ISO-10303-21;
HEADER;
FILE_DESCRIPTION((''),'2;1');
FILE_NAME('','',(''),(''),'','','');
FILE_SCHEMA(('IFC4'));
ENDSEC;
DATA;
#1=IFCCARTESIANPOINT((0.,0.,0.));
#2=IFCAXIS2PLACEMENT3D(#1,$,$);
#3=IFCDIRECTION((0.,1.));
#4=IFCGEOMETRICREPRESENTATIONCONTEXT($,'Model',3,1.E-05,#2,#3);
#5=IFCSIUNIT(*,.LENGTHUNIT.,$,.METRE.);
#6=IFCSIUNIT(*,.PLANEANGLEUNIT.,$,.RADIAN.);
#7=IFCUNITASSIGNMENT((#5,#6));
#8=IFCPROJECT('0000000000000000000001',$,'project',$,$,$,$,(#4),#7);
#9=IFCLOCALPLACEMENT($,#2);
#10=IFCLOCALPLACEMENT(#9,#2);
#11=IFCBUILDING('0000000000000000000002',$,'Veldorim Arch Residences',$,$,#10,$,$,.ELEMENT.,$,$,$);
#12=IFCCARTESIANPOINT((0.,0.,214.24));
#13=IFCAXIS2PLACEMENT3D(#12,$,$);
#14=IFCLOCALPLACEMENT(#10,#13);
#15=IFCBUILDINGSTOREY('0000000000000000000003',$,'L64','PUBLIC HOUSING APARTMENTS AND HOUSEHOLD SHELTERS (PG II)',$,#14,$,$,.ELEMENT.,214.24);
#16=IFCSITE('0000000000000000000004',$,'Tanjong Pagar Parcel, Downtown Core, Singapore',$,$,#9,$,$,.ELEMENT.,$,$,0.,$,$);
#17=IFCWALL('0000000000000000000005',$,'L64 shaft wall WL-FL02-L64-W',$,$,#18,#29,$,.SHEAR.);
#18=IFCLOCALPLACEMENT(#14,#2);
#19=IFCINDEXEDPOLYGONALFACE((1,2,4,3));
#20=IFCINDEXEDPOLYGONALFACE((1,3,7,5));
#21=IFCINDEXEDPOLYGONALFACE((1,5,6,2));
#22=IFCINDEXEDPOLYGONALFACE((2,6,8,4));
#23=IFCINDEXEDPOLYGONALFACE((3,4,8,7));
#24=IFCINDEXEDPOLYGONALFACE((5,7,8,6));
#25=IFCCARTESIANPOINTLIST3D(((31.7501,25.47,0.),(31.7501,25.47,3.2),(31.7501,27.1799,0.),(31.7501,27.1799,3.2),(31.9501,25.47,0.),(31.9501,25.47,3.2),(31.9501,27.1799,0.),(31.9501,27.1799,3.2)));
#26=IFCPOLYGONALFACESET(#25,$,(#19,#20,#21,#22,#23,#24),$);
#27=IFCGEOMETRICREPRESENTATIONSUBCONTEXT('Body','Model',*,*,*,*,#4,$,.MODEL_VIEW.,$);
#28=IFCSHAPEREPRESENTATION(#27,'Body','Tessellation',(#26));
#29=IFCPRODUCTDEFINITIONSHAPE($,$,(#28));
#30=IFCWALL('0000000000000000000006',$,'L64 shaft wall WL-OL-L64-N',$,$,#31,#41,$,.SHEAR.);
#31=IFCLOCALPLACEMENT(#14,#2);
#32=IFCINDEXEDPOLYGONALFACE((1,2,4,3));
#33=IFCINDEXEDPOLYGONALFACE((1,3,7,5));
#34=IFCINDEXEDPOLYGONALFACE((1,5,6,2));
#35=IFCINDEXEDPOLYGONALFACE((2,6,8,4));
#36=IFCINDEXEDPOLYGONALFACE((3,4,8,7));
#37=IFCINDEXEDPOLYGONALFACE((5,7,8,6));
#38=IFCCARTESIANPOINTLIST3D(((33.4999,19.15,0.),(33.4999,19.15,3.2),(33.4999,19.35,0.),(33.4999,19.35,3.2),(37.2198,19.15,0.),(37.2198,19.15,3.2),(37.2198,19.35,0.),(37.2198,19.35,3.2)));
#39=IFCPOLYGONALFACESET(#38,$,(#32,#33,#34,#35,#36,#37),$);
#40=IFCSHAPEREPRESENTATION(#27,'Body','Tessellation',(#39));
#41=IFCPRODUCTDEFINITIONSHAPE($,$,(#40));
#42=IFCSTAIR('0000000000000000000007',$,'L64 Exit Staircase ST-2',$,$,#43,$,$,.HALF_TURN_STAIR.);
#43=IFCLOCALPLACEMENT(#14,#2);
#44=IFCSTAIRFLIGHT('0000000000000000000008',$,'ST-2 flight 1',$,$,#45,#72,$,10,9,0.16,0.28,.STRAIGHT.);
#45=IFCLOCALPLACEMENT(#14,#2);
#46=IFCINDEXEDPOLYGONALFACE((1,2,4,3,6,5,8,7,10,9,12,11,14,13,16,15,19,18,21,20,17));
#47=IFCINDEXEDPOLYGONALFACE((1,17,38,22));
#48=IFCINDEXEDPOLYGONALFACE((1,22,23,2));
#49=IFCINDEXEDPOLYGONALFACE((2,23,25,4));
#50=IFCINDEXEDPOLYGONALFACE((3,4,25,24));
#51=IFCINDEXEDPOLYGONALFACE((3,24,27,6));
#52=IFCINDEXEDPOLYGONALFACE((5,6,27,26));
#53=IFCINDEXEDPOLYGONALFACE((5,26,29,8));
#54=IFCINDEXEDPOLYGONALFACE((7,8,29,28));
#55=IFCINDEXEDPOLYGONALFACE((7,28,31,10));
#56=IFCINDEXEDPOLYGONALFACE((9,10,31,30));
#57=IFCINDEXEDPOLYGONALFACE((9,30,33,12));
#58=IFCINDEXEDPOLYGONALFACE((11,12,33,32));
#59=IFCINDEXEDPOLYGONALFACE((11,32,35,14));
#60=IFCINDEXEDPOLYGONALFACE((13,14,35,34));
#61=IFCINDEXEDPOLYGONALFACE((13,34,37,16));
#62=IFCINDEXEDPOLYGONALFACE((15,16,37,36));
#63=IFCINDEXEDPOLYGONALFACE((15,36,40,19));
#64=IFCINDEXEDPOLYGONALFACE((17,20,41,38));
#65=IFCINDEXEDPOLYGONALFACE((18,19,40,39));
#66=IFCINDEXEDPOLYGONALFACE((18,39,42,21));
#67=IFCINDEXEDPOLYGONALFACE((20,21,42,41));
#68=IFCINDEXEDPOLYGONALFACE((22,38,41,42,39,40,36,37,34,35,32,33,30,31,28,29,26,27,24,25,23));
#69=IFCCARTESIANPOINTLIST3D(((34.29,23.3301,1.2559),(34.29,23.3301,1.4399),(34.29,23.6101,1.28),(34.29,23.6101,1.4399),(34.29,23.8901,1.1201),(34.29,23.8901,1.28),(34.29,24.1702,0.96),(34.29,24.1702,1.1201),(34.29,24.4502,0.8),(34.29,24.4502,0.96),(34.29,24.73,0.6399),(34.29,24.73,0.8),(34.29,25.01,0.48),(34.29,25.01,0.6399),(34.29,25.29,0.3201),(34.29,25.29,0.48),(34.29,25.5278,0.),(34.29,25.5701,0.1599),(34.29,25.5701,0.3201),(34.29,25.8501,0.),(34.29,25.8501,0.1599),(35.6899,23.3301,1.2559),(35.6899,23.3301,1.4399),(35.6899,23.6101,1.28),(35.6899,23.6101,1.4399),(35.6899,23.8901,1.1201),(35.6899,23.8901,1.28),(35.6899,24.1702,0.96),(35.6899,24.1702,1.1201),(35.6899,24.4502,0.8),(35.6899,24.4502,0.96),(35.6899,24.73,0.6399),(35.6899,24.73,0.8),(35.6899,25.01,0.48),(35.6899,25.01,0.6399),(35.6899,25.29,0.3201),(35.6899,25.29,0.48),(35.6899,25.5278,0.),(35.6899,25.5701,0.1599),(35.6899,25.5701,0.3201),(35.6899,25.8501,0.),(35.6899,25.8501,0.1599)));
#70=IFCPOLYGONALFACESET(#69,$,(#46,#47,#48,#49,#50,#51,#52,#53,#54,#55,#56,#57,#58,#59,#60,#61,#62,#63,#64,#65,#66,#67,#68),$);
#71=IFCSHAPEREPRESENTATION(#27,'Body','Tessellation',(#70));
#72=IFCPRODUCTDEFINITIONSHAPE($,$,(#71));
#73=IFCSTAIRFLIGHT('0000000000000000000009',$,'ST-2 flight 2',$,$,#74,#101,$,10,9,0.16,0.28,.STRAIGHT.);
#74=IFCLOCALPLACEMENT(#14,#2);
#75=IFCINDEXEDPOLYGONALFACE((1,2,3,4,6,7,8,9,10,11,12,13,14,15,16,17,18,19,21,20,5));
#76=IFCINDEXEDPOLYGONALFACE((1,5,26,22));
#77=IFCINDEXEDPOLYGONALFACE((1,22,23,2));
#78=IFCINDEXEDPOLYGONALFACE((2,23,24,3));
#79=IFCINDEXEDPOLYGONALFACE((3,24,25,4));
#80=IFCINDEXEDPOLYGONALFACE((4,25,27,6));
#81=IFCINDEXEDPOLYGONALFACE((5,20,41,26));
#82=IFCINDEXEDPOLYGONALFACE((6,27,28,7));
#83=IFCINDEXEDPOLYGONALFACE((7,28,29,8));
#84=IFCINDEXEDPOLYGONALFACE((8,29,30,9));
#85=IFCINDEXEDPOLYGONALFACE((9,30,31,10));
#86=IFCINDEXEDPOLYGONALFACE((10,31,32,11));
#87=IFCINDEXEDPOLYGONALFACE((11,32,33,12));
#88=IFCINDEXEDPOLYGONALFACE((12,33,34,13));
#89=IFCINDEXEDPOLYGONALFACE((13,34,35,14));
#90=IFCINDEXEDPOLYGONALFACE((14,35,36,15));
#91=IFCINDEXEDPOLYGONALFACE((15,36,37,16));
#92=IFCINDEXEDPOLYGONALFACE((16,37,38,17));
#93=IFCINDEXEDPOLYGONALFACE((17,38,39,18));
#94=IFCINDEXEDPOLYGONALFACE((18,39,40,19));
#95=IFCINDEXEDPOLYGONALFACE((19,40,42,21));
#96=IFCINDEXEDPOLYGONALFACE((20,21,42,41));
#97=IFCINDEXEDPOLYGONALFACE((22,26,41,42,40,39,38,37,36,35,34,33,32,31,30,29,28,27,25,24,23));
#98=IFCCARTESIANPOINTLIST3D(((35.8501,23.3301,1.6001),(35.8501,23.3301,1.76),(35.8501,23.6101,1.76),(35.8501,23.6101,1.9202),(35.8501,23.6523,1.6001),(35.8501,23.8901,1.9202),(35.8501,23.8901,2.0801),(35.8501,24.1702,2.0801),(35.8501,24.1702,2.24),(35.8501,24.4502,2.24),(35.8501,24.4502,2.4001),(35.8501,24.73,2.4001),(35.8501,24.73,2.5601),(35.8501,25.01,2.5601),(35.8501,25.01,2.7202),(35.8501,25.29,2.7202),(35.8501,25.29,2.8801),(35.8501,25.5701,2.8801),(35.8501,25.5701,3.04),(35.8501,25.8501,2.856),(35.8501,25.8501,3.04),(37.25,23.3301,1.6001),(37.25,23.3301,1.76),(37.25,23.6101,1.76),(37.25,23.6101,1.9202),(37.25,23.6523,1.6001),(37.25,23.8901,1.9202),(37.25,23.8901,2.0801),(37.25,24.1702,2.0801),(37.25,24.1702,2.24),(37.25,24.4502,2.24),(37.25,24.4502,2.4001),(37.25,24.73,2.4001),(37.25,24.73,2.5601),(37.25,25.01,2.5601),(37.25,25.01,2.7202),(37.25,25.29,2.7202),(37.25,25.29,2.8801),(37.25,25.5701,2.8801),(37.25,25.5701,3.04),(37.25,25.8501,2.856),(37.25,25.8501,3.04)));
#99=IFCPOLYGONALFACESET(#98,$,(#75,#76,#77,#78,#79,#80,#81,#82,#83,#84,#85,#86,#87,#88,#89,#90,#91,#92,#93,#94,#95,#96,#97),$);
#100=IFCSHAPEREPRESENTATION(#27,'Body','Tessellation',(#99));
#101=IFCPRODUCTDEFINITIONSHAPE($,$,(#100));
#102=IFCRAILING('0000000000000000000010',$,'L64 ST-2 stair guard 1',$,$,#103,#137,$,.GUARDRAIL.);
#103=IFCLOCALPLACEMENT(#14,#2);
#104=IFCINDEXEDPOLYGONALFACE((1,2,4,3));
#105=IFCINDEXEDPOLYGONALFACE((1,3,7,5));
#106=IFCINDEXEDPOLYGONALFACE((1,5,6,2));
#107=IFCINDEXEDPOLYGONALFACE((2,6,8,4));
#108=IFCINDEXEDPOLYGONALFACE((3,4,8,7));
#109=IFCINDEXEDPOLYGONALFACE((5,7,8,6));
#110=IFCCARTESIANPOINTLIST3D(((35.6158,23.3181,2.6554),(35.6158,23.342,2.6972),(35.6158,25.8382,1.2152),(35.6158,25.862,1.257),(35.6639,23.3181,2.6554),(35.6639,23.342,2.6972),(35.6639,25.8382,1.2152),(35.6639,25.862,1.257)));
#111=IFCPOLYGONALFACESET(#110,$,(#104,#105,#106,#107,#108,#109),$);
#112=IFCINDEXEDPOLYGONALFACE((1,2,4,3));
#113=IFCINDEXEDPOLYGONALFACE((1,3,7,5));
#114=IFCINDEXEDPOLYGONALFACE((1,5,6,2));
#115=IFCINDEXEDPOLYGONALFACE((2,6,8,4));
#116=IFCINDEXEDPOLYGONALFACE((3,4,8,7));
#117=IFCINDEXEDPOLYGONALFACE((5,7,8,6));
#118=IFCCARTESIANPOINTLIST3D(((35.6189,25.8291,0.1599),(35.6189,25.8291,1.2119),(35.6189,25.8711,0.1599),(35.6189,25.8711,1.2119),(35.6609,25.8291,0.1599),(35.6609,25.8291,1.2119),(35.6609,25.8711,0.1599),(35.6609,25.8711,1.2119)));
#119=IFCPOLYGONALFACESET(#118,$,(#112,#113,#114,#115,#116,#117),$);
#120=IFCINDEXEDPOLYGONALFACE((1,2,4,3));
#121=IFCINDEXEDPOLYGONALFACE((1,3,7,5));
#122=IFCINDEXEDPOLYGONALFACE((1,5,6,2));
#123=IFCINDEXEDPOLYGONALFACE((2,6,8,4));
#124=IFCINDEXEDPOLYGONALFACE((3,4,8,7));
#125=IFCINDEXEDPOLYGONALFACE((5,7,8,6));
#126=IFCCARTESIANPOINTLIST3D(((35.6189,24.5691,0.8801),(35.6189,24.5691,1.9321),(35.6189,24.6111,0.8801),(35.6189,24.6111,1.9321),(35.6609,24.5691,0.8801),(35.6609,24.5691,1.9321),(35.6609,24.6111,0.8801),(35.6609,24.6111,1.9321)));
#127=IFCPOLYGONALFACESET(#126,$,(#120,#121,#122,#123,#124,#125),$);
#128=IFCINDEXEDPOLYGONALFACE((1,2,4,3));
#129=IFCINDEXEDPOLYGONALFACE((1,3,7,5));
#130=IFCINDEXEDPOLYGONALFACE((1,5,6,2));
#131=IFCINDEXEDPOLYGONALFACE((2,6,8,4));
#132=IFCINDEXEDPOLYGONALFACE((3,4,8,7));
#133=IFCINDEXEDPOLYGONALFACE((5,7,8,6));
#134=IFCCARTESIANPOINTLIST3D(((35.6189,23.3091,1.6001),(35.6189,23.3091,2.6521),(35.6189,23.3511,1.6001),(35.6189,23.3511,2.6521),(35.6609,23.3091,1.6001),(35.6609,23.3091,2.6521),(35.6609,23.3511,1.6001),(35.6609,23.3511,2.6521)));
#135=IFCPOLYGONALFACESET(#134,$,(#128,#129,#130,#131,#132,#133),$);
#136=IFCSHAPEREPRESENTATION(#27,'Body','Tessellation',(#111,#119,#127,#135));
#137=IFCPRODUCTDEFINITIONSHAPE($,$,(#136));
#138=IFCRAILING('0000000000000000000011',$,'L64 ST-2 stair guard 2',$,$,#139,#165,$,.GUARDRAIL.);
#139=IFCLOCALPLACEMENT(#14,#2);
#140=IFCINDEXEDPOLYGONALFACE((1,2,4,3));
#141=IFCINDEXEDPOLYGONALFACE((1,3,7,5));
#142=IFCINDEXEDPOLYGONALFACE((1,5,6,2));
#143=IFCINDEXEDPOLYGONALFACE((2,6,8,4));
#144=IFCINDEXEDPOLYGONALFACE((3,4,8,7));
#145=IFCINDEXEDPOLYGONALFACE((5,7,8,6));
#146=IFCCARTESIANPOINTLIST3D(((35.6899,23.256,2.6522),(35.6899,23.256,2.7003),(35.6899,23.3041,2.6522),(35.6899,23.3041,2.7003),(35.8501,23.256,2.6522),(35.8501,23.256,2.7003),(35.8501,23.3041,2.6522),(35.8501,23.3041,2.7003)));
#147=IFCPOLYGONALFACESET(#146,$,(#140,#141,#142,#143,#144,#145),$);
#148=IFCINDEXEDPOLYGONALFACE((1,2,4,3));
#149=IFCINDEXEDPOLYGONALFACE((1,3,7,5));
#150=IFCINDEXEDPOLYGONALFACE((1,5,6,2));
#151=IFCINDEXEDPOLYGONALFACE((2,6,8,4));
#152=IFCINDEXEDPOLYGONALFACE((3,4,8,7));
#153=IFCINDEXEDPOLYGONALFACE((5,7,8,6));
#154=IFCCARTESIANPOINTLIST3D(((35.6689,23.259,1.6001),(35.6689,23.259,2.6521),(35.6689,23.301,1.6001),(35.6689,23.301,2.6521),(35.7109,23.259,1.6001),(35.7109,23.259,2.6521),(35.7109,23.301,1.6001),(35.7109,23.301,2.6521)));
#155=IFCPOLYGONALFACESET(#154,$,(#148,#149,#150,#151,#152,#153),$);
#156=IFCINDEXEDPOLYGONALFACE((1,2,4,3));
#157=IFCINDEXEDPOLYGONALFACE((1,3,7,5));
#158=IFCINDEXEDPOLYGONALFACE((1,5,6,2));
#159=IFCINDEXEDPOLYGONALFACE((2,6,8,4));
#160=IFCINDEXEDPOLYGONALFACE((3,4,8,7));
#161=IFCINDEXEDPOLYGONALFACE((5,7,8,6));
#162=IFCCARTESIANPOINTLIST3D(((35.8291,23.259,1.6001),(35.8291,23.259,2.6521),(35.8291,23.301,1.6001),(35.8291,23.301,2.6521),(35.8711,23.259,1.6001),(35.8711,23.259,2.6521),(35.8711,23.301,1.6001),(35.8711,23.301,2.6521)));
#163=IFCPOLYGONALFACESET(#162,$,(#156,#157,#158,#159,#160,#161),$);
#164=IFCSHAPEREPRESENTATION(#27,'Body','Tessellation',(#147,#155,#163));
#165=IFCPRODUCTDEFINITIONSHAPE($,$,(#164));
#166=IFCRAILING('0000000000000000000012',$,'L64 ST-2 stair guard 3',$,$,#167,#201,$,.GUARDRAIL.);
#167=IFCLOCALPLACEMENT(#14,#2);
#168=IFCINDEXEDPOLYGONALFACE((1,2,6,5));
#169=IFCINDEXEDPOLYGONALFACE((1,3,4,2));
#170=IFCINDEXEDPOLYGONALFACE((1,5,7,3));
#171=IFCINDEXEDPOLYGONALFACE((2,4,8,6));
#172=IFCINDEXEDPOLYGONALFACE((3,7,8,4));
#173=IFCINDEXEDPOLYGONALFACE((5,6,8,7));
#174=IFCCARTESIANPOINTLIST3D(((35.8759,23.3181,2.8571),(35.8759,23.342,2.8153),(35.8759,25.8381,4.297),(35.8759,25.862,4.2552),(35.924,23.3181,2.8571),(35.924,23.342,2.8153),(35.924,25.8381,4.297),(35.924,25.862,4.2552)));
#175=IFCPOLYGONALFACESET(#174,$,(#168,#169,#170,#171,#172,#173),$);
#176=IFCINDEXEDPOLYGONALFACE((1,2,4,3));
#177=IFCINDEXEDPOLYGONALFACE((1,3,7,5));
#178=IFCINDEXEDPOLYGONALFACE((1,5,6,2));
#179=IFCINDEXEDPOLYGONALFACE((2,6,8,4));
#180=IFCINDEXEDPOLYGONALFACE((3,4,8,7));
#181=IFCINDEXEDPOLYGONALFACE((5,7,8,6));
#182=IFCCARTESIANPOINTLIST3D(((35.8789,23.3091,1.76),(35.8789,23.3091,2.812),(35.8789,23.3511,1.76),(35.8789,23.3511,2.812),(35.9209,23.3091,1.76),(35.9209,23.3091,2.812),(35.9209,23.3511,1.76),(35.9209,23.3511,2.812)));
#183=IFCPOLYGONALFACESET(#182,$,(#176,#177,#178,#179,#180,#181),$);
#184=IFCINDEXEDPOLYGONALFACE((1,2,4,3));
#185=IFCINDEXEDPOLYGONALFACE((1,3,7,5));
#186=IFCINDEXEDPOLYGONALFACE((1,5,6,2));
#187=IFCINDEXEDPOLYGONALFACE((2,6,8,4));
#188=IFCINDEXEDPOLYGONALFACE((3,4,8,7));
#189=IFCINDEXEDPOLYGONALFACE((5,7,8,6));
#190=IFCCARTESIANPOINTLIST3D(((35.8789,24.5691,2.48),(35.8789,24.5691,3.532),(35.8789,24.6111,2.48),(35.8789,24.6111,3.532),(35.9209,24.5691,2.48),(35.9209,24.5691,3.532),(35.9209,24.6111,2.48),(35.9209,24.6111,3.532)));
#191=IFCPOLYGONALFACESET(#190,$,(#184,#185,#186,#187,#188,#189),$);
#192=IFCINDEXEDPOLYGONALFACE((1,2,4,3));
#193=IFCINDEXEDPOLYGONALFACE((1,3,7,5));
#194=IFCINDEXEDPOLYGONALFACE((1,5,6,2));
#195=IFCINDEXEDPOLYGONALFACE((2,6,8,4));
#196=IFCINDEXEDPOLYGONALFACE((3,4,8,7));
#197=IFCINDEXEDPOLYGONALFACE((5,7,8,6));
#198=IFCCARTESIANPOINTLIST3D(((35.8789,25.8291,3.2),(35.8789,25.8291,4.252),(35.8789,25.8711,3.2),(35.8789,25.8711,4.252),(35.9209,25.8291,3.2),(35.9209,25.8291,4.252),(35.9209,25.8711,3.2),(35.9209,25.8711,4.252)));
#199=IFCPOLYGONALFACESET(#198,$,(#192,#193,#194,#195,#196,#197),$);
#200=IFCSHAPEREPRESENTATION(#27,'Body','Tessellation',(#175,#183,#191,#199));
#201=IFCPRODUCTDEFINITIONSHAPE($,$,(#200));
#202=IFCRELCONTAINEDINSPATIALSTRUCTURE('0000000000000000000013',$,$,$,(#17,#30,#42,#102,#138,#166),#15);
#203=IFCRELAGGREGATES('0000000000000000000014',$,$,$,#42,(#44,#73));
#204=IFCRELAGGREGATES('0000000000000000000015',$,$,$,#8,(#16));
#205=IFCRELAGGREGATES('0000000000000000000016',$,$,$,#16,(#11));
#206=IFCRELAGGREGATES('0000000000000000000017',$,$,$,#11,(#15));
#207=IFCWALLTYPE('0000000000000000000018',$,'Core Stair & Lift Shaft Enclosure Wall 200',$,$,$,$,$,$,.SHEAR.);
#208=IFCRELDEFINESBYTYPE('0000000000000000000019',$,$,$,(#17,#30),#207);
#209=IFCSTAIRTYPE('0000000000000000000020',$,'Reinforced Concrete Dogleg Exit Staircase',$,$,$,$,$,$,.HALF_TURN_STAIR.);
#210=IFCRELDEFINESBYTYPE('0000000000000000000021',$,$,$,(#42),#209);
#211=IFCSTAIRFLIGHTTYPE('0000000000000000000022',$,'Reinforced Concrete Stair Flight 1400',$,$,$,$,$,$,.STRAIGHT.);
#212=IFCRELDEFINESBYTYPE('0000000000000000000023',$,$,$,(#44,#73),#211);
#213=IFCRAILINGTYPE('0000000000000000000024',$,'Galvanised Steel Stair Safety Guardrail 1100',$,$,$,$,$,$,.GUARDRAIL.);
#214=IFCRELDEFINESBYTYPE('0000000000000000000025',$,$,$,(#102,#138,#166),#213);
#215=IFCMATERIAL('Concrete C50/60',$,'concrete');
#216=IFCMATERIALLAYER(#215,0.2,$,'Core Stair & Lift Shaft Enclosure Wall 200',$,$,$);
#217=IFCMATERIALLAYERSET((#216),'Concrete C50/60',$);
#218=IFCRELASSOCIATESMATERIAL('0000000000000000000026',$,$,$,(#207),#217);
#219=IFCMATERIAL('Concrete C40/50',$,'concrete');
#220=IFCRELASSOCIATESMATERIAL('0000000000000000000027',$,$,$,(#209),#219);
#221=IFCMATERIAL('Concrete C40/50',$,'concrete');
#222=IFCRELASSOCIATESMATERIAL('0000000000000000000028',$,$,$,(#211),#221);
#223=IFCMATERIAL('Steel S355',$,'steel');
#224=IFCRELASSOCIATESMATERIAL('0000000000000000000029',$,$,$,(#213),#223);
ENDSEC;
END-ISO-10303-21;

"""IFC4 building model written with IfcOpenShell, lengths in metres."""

from ifc_helpers import new_model, si_unit, direction, frame, frame_2d, origin, origin_2d, place, context, subcontext, project, spatial, polyline, rectangle, outline, extrude, material, layer, layer_set, type_object, element, aggregate, save


model = new_model("IFC4")

# Units and contexts
model_context = context("Model", 3, precision=1e-05, world=origin(), true_north=direction((0.0, 1.0)))
body_context = subcontext(model_context, "Body", "Model", "MODEL_VIEW")
ifc_project = project(units=[si_unit("LENGTHUNIT", "METRE"), si_unit("PLANEANGLEUNIT", "RADIAN")], contexts=[model_context])

# Site, building, storey
site_placement = place(None, origin())
site = spatial("IfcSite", under=ifc_project, at=site_placement, Name="Tanjong Pagar Parcel, Downtown Core, Singapore", CompositionType="ELEMENT", RefElevation=0.0)
building_placement = place(site_placement, origin())
building = spatial("IfcBuilding", under=site, at=building_placement, Name="Veldorim Arch Residences", CompositionType="ELEMENT")
storey_placement = place(building_placement, frame((0.0, 0.0, 214.24)))
storey = spatial("IfcBuildingStorey", under=building, at=storey_placement, Name="L64", Description="PUBLIC HOUSING APARTMENTS AND HOUSEHOLD SHELTERS (PG II)", CompositionType="ELEMENT", Elevation=214.24)

# Walls
ifc_material_1 = material(Name="Concrete C50/60", Category="concrete")
ifc_layer_1 = layer(ifc_material_1, 0.2, Name="Core Stair & Lift Shaft Enclosure Wall 200")
ifc_layer_set_1 = layer_set([ifc_layer_1], Name="Concrete C50/60")
wall_type_1 = type_object("IfcWallType", Name="Core Stair & Lift Shaft Enclosure Wall 200", PredefinedType="SHEAR", material=ifc_layer_set_1)
for number, where, z_axis, x_axis, name in (
    (1, (31.8501, 25.47, 0.0), (0.0, 0.0, 1.0), (0.0, 1.0, 0.0), "L64 shaft wall WL-FL02-L64-W"),
):
    element("IfcWall", number, at=place(storey_placement, frame(where, z_axis=z_axis, x_axis=x_axis)), inside=storey, type_object=wall_type_1, Name=name, PredefinedType="SHEAR", context=body_context, shape_type="SweptSolid", body=[
        extrude(rectangle(XDim=1.71, YDim=0.2, at=frame_2d((0.855, 0.0))), origin(), (0.0, 0.0, 1.0), 3.2),
    ])
wall_1_placement = place(storey_placement, frame((33.5, 19.25, 0.0), z_axis=(0.0, 0.0, 1.0), x_axis=(1.0, 0.0, 0.0)))
element("IfcWall", 2, at=wall_1_placement, inside=storey, type_object=wall_type_1, Name="L64 shaft wall WL-OL-L64-N", PredefinedType="SHEAR", context=body_context, shape_type="SweptSolid", body=[
    extrude(rectangle(XDim=3.72, YDim=0.2, at=frame_2d((1.8599, 0.0))), origin(), (0.0, 0.0, 1.0), 3.2),
])

# Stair, stair flights
ifc_material_2 = material(Name="Concrete C40/50", Category="concrete")
stair_type = type_object("IfcStairType", Name="Reinforced Concrete Dogleg Exit Staircase", PredefinedType="HALF_TURN_STAIR", material=ifc_material_2)
stair_placement = place(storey_placement, origin())
stair = element("IfcStair", 3, at=stair_placement, inside=storey, type_object=stair_type, Name="L64 Exit Staircase ST-2", PredefinedType="HALF_TURN_STAIR")
ifc_material_3 = material(Name="Concrete C40/50", Category="concrete")
stair_flight_type = type_object("IfcStairFlightType", Name="Reinforced Concrete Stair Flight 1400", PredefinedType="STRAIGHT", material=ifc_material_3)
stair_flight_1_placement = place(storey_placement, frame((34.99, 25.8501, 0.0), z_axis=(0.0, 0.0, 1.0), x_axis=(0.0, -1.0, 0.0)))
stair_flight_1 = element("IfcStairFlight", 4, at=stair_flight_1_placement, type_object=stair_flight_type, Name="ST-2 flight 1", NumberOfRisers=10, NumberOfTreads=9, PredefinedType="STRAIGHT", RiserHeight=0.16, TreadLength=0.28, context=body_context, shape_type="SweptSolid", body=[
    extrude(outline(polyline([(0.0, 0.0), (0.0, 0.1599), (0.28, 0.1599), (0.28, 0.3201), (0.5601, 0.3201), (0.5601, 0.48), (0.8401, 0.48), (0.8401, 0.6399), (1.1201, 0.6399), (1.1201, 0.8), (1.3999, 0.8), (1.3999, 0.96), (1.6799, 0.96), (1.6799, 1.1201), (1.96, 1.1201), (1.96, 1.28), (2.24, 1.28), (2.24, 1.4399), (2.52, 1.4399), (2.52, 1.6001), (2.52, 1.2559), (0.3223, 0.0), (0.0, 0.0)])), frame((0.0, 0.7, 0.0), z_axis=(0.0, -1.0, 0.0), x_axis=(1.0, 0.0, 0.0)), (0.0, 0.0, 1.0), 1.3999),
])
stair_flight_2_placement = place(storey_placement, frame((36.55, 23.3301, 1.6001), z_axis=(0.0, 0.0, 1.0), x_axis=(0.0, 1.0, 0.0)))
stair_flight_2 = element("IfcStairFlight", 5, at=stair_flight_2_placement, type_object=stair_flight_type, Name="ST-2 flight 2", NumberOfRisers=10, NumberOfTreads=9, PredefinedType="STRAIGHT", RiserHeight=0.16, TreadLength=0.28, context=body_context, shape_type="SweptSolid", body=[
    extrude(outline(polyline([(0.0, 0.0), (0.0, 0.1599), (0.28, 0.1599), (0.28, 0.3201), (0.5601, 0.3201), (0.5601, 0.48), (0.8401, 0.48), (0.8401, 0.6399), (1.1201, 0.6399), (1.1201, 0.8), (1.3999, 0.8), (1.3999, 0.96), (1.6799, 0.96), (1.6799, 1.1201), (1.96, 1.1201), (1.96, 1.28), (2.24, 1.28), (2.24, 1.4399), (2.52, 1.4399), (2.52, 1.6001), (2.52, 1.2559), (0.3223, 0.0), (0.0, 0.0)])), frame((0.0, 0.7, 0.0), z_axis=(0.0, -1.0, 0.0), x_axis=(1.0, 0.0, 0.0)), (0.0, 0.0, 1.0), 1.3999),
])
aggregate(stair, [stair_flight_1, stair_flight_2])

# Railings
ifc_material_4 = material(Name="Steel S355", Category="steel")
railing_type_1 = type_object("IfcRailingType", Name="Galvanised Steel Stair Safety Guardrail 1100", PredefinedType="GUARDRAIL", material=ifc_material_4)
railing_1_placement = place(storey_placement, frame((35.6399, 25.8501, 0.1599)))
element("IfcRailing", 6, at=railing_1_placement, inside=storey, type_object=railing_type_1, Name="L64 ST-2 stair guard 1", PredefinedType="GUARDRAIL", context=body_context, shape_type="SweptSolid", body=[
    extrude(rectangle(XDim=0.0481, YDim=0.0481, at=origin_2d()), frame((0.0, 0.0, 1.0762), z_axis=(0.0, -0.868217, 0.496184), x_axis=(1.0, 0.0, 0.0)), (0.0, 0.0, 1.0), 2.9026),
    extrude(rectangle(XDim=0.042, YDim=0.042, at=origin_2d()), origin(), (0.0, 0.0, 1.0), 1.052),
    extrude(rectangle(XDim=0.042, YDim=0.042, at=origin_2d()), frame((0.0, -1.26, 0.7202)), (0.0, 0.0, 1.0), 1.052),
    extrude(rectangle(XDim=0.042, YDim=0.042, at=origin_2d()), frame((0.0, -2.52, 1.4402)), (0.0, 0.0, 1.0), 1.052),
])
railing_2_placement = place(storey_placement, frame((35.6899, 23.28, 1.6001)))
element("IfcRailing", 7, at=railing_2_placement, inside=storey, type_object=railing_type_1, Name="L64 ST-2 stair guard 2", PredefinedType="GUARDRAIL", context=body_context, shape_type="SweptSolid", body=[
    extrude(rectangle(XDim=0.0481, YDim=0.0481, at=origin_2d()), frame((0.0, 0.0, 1.0762), z_axis=(1.0, 0.0, 0.0), x_axis=(0.0, 1.0, 0.0)), (0.0, 0.0, 1.0), 0.1602),
    extrude(rectangle(XDim=0.042, YDim=0.042, at=origin_2d()), origin(), (0.0, 0.0, 1.0), 1.052),
    extrude(rectangle(XDim=0.042, YDim=0.042, at=origin_2d()), frame((0.1602, 0.0, 0.0)), (0.0, 0.0, 1.0), 1.052),
])
railing_3_placement = place(storey_placement, frame((35.8999, 23.3301, 1.76)))
element("IfcRailing", 8, at=railing_3_placement, inside=storey, type_object=railing_type_1, Name="L64 ST-2 stair guard 3", PredefinedType="GUARDRAIL", context=body_context, shape_type="SweptSolid", body=[
    extrude(rectangle(XDim=0.0481, YDim=0.0481, at=origin_2d()), frame((0.0, 0.0, 1.0762), z_axis=(0.0, 0.868253, 0.496121), x_axis=(-1.0, 0.0, 0.0)), (0.0, 0.0, 1.0), 2.9023),
    extrude(rectangle(XDim=0.042, YDim=0.042, at=origin_2d()), origin(), (0.0, 0.0, 1.0), 1.052),
    extrude(rectangle(XDim=0.042, YDim=0.042, at=origin_2d()), frame((0.0, 1.26, 0.72)), (0.0, 0.0, 1.0), 1.052),
    extrude(rectangle(XDim=0.042, YDim=0.042, at=origin_2d()), frame((0.0, 2.52, 1.4399)), (0.0, 0.0, 1.0), 1.052),
])

save(model, "model.ifc")
